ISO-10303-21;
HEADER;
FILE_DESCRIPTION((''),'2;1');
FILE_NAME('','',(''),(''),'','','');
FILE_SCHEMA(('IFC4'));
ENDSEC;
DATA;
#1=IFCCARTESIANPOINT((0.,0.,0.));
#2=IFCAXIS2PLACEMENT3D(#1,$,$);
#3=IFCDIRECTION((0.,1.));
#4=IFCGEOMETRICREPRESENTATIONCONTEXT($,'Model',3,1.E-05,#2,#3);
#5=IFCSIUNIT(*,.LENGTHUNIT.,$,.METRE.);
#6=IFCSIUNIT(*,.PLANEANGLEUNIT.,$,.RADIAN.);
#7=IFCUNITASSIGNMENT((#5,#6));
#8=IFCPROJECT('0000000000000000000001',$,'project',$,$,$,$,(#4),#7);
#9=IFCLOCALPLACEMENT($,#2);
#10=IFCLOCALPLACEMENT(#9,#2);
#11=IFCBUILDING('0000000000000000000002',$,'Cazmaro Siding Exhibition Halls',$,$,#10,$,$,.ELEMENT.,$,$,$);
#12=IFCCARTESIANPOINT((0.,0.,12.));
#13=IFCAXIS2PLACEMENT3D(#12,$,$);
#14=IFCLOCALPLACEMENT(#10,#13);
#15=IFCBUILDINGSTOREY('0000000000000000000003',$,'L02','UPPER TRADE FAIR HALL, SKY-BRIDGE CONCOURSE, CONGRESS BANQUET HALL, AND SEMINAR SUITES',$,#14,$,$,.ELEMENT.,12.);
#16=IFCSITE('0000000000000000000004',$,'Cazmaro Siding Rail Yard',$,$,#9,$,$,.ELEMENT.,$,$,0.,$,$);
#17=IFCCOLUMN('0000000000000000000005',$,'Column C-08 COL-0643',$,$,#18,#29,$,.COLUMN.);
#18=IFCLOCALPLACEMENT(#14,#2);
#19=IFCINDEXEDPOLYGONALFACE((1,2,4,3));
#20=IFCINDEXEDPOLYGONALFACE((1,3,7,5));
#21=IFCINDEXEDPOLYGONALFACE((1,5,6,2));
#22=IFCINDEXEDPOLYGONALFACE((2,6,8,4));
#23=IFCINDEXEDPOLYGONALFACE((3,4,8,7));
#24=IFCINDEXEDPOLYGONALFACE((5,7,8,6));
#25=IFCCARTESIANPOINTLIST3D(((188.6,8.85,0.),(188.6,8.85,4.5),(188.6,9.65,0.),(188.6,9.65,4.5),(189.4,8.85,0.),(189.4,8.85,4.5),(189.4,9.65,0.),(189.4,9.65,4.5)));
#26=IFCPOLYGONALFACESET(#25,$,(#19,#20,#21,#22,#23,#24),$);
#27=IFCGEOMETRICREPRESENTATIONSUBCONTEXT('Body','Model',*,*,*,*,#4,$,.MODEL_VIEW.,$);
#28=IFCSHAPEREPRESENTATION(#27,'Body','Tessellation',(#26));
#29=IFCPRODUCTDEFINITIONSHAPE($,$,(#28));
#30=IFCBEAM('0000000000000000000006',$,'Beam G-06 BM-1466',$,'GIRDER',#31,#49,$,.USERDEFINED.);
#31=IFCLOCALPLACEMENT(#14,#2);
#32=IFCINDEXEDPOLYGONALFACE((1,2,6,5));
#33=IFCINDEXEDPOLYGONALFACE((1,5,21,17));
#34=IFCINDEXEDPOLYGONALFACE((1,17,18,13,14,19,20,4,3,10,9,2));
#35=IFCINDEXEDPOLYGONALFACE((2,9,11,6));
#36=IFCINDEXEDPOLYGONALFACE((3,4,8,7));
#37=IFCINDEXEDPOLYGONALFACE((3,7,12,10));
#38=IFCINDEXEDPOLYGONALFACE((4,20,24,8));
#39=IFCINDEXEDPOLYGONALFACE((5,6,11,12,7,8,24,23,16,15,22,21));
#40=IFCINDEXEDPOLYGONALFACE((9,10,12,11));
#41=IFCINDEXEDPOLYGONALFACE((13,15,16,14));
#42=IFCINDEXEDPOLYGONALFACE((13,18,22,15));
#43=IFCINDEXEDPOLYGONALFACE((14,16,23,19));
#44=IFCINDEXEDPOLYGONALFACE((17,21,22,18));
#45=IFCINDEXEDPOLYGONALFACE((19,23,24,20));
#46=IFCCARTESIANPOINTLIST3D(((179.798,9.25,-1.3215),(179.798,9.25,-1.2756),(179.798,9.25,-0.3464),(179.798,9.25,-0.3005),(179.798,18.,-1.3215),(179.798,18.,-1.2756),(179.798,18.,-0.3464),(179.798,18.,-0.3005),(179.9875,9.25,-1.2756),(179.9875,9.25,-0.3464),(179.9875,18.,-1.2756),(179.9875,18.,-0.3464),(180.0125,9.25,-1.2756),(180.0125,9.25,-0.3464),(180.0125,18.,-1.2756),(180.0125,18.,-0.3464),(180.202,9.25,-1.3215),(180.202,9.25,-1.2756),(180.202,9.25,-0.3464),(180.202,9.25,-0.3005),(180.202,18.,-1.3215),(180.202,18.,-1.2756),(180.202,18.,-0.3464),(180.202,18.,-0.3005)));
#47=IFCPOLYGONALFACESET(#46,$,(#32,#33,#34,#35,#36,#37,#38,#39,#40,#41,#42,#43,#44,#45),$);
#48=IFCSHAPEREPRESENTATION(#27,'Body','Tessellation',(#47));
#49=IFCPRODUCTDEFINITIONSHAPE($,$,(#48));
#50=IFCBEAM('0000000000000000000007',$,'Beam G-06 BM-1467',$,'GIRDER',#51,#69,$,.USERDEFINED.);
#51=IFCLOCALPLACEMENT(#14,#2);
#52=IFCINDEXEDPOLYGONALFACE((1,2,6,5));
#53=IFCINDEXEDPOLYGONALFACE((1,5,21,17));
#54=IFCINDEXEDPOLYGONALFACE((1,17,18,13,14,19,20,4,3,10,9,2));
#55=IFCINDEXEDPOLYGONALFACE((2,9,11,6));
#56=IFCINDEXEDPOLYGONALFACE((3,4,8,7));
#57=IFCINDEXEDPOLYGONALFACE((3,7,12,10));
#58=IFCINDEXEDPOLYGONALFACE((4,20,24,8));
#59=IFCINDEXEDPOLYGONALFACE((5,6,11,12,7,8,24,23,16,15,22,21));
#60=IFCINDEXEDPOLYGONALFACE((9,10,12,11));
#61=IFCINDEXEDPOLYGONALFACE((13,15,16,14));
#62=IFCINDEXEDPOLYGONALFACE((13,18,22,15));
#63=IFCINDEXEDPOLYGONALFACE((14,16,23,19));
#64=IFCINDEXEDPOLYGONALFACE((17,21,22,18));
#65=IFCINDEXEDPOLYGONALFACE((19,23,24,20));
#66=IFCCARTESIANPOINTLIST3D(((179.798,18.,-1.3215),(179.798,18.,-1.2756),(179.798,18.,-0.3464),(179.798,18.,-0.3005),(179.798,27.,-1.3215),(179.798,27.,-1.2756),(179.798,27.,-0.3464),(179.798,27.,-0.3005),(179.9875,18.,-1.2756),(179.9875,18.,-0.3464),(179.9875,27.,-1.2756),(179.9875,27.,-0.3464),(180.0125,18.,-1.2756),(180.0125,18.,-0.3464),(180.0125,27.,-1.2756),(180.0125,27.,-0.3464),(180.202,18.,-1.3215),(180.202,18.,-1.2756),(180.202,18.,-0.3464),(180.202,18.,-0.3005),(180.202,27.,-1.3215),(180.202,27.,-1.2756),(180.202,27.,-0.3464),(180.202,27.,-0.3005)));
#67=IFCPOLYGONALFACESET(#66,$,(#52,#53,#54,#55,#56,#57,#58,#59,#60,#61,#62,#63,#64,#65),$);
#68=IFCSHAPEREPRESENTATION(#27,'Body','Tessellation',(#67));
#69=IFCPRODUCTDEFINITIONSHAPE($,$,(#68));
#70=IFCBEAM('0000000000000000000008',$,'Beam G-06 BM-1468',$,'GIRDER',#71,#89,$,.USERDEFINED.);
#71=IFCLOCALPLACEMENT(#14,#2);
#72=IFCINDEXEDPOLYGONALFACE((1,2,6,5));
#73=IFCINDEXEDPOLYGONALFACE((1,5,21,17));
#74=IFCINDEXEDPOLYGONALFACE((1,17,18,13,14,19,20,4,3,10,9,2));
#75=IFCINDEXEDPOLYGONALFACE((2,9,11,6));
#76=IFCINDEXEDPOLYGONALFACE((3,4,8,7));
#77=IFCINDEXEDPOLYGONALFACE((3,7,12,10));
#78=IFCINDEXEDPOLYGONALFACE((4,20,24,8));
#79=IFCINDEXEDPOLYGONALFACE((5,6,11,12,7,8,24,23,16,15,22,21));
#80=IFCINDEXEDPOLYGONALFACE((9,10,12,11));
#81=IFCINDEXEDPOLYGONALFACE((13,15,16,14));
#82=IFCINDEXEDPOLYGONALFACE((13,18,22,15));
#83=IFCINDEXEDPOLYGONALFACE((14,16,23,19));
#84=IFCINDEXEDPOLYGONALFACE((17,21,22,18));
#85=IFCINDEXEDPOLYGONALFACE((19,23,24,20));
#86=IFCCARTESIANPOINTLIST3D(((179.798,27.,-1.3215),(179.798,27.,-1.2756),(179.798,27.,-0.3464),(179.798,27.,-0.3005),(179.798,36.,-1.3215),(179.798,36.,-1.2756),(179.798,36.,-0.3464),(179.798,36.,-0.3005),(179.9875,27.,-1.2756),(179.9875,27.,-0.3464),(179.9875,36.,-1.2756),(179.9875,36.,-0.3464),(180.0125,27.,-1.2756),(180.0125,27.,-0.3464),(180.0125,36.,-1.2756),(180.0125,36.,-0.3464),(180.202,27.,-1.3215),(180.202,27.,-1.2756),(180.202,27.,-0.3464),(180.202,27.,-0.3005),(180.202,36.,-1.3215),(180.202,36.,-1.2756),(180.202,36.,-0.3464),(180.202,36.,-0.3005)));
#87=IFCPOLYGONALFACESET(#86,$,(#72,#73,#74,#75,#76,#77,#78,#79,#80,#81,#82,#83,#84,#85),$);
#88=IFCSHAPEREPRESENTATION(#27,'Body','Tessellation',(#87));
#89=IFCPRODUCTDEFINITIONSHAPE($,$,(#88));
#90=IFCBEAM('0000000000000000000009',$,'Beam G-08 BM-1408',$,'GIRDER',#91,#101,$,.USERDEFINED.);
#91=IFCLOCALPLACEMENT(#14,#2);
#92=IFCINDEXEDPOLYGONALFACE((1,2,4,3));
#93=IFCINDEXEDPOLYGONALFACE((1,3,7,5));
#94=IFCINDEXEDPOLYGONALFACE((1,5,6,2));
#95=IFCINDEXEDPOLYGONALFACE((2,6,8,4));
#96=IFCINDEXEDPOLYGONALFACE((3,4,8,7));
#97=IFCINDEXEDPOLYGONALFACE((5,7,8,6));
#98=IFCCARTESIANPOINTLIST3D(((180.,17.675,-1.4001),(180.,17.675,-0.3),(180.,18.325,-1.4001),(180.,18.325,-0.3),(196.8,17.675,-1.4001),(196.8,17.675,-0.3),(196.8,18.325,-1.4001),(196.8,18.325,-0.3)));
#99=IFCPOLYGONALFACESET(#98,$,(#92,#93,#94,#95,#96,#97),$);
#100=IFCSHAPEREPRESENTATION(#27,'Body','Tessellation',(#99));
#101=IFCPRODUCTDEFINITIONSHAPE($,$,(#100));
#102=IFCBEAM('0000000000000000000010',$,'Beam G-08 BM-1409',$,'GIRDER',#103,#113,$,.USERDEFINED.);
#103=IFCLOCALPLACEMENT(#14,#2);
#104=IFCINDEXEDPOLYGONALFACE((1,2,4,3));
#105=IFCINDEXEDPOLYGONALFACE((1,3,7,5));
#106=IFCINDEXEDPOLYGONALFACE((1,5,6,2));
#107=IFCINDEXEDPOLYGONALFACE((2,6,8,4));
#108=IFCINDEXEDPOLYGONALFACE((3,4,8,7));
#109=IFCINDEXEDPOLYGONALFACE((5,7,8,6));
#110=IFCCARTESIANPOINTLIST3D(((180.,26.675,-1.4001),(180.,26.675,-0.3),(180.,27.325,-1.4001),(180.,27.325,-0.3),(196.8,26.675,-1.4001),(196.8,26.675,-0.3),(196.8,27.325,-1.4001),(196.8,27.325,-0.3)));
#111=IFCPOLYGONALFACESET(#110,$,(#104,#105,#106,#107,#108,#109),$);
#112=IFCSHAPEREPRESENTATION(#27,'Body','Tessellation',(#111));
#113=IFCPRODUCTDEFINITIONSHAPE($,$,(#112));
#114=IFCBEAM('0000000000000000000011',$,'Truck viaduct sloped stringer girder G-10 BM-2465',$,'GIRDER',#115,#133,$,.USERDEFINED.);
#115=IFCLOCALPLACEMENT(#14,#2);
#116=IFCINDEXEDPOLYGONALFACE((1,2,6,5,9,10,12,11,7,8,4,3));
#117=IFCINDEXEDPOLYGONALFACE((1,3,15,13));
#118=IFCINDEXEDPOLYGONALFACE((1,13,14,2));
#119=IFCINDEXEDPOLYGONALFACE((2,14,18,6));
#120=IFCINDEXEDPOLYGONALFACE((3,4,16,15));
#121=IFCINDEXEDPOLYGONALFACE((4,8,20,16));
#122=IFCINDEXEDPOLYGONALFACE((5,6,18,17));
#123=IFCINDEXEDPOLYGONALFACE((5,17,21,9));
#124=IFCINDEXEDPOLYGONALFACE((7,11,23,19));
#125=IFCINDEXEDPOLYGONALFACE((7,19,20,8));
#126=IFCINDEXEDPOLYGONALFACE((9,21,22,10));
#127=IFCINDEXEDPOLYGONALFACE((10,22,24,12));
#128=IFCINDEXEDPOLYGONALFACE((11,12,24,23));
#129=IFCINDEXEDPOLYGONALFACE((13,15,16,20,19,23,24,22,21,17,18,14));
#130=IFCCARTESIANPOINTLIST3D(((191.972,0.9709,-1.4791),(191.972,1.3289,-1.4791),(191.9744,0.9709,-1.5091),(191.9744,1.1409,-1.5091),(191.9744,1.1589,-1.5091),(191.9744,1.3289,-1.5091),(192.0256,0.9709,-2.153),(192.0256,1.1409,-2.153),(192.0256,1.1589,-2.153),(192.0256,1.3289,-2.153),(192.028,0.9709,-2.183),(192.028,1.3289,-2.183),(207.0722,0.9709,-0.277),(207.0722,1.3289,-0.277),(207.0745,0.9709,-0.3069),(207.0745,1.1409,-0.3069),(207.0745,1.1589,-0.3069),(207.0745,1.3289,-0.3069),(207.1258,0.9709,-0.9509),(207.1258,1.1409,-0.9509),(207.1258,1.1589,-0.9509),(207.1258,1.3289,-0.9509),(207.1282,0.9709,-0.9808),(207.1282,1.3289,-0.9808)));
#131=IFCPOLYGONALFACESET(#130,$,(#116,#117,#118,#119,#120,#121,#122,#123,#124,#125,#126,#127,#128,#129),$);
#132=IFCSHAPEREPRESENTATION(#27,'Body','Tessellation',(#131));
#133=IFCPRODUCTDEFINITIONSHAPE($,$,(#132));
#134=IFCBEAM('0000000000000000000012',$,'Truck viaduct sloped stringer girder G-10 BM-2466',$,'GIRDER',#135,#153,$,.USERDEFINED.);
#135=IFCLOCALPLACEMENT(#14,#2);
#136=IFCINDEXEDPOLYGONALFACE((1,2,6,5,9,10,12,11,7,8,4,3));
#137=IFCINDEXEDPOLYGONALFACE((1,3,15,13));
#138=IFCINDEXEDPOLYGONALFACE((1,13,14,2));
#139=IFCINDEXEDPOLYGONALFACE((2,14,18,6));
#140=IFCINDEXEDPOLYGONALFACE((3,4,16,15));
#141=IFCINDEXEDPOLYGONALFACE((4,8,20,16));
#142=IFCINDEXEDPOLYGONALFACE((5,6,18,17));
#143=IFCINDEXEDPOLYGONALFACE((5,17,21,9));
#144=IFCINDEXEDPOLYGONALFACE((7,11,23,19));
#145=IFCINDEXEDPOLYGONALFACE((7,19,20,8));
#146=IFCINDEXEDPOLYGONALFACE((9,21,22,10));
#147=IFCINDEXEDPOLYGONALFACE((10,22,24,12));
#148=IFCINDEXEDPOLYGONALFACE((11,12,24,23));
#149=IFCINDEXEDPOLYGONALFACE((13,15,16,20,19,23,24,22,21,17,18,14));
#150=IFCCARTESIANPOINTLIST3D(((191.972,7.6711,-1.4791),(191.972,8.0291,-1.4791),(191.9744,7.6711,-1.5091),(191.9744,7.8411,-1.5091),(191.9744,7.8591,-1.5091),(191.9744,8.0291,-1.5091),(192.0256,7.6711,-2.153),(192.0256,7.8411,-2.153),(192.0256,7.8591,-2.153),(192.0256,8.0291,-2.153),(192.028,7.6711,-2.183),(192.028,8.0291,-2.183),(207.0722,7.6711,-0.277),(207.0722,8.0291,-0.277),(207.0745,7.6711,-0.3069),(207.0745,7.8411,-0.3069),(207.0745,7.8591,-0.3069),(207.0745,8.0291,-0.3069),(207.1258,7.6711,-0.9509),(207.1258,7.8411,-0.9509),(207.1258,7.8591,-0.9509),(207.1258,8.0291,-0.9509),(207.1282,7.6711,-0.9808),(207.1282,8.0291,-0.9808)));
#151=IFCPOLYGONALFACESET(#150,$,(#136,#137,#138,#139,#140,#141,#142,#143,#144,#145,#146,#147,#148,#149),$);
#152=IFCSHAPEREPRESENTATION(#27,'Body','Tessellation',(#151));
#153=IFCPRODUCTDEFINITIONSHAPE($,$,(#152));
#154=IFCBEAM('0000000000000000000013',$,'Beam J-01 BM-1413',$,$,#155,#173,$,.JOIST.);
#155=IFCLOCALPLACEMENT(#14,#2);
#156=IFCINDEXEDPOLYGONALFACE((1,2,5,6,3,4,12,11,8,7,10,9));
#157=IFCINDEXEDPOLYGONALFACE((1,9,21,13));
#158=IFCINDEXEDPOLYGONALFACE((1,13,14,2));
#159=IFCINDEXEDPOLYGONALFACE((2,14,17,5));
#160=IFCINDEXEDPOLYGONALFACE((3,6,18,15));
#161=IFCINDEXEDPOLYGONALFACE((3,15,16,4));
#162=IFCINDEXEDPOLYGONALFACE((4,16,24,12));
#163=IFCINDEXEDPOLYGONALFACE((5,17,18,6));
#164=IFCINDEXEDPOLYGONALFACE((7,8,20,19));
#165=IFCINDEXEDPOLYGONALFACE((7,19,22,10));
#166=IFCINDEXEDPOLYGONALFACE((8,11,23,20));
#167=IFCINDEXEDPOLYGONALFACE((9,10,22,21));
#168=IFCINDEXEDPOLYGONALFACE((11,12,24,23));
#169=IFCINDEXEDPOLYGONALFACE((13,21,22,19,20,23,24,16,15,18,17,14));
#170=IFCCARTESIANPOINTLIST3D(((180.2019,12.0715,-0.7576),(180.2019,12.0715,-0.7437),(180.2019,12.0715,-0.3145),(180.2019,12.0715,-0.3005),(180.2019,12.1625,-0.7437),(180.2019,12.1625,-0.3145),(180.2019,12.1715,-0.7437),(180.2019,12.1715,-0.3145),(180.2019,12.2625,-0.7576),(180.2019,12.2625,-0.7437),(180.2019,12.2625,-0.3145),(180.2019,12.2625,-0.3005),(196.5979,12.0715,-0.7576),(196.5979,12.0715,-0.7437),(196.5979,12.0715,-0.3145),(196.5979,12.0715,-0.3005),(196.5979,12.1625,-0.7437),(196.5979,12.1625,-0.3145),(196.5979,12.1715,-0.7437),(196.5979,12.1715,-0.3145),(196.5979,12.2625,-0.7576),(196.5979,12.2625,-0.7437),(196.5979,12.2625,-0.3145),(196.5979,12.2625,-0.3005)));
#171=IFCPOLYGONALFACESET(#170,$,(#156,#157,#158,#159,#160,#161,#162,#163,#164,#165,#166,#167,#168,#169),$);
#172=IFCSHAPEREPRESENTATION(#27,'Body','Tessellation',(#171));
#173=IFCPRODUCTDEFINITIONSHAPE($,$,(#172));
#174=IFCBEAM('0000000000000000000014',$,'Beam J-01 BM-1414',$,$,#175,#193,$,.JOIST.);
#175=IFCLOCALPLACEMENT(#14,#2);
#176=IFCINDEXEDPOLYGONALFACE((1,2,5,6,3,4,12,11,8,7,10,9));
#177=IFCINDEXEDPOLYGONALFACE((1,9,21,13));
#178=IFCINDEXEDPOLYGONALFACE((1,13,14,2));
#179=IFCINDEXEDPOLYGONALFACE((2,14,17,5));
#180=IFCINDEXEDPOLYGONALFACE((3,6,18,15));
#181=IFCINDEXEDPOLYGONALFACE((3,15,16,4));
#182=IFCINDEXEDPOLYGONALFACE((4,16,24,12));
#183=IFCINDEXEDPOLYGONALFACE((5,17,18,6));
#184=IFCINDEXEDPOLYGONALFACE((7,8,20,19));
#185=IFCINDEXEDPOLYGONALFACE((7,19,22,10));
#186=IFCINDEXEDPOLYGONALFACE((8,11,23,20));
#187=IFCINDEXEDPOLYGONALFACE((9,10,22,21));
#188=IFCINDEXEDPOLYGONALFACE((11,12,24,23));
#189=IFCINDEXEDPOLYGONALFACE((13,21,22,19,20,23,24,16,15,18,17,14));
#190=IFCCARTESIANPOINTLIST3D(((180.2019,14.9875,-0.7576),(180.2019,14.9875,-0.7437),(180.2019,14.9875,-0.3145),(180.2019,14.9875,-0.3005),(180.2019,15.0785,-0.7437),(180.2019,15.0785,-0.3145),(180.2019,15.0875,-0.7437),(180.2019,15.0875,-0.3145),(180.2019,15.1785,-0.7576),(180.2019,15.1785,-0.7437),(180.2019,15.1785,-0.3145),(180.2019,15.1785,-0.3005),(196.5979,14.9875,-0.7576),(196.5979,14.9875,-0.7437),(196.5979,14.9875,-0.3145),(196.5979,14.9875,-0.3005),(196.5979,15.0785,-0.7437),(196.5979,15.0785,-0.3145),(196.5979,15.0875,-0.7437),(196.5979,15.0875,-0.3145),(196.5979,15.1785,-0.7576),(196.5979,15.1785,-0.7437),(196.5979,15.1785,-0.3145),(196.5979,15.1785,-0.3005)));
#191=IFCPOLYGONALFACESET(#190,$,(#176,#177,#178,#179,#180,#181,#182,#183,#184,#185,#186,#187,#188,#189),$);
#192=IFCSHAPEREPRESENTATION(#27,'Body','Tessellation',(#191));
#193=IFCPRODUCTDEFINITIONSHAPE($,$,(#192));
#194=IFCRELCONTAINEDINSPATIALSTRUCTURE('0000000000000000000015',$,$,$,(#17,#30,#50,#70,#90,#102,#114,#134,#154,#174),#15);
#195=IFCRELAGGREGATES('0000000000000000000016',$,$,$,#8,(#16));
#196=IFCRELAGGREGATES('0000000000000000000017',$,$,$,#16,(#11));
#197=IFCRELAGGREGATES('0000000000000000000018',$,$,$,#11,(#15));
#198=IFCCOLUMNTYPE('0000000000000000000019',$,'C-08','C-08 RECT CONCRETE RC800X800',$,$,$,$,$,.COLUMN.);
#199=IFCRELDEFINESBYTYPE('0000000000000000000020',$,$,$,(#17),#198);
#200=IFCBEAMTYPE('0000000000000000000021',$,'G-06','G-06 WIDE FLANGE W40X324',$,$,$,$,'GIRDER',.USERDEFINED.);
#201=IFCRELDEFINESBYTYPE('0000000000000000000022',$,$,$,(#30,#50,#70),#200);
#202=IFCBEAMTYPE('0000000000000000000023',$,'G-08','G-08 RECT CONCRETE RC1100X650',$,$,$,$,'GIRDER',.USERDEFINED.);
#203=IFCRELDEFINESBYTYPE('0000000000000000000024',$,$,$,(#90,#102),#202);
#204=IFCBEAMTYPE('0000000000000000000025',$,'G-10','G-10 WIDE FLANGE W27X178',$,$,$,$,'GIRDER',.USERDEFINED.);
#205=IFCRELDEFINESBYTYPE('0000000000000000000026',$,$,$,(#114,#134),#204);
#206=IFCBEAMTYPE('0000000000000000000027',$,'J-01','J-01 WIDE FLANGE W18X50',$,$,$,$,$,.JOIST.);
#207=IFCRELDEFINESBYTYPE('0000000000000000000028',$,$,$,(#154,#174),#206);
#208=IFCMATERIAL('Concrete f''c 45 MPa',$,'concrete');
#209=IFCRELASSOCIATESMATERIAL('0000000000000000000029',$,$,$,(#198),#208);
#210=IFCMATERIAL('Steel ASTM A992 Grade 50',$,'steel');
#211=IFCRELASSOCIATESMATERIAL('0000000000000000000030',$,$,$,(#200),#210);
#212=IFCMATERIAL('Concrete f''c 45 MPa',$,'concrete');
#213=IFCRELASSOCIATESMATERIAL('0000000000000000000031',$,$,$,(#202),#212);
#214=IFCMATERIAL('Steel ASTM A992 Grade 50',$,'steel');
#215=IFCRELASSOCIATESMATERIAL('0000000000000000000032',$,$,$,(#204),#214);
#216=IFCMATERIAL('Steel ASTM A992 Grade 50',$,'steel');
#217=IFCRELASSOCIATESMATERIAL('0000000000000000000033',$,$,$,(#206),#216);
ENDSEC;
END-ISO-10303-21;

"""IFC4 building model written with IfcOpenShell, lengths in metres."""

from ifc_helpers import new_model, si_unit, direction, frame, origin, origin_2d, place, context, subcontext, project, spatial, rectangle, i_section, extrude, material, material_profile, profile_set, type_object, element, save


model = new_model("IFC4")

# Units and contexts
model_context = context("Model", 3, precision=1e-05, world=origin(), true_north=direction((0.0, 1.0)))
body_context = subcontext(model_context, "Body", "Model", "MODEL_VIEW")
ifc_project = project(units=[si_unit("LENGTHUNIT", "METRE"), si_unit("PLANEANGLEUNIT", "RADIAN")], contexts=[model_context])

# Site, building, storey
site_placement = place(None, origin())
site = spatial("IfcSite", under=ifc_project, at=site_placement, Name="Cazmaro Siding Rail Yard", CompositionType="ELEMENT", RefElevation=0.0)
building_placement = place(site_placement, origin())
building = spatial("IfcBuilding", under=site, at=building_placement, Name="Cazmaro Siding Exhibition Halls", CompositionType="ELEMENT")
storey_placement = place(building_placement, frame((0.0, 0.0, 12.0)))
storey = spatial("IfcBuildingStorey", under=building, at=storey_placement, Name="L02", Description="UPPER TRADE FAIR HALL, SKY-BRIDGE CONCOURSE, CONGRESS BANQUET HALL, AND SEMINAR SUITES", CompositionType="ELEMENT", Elevation=12.0)

# Column
ifc_material_1 = material(Name="Concrete f'c 45 MPa", Category="concrete")
ifc_material_profile_1 = material_profile(ifc_material_1, rectangle(XDim=0.8, YDim=0.8, at=origin_2d()), Name="RC800X800")
ifc_profile_set_1 = profile_set([ifc_material_profile_1], Name="Concrete f'c 45 MPa")
column_type = type_object("IfcColumnType", Name="C-08", Description="C-08 RECT CONCRETE RC800X800", PredefinedType="COLUMN", material=ifc_profile_set_1)
column_placement = place(storey_placement, frame((189.0, 9.25, 0.0), z_axis=(0.0, 0.0, 1.0), x_axis=(1.0, 0.0, 0.0)))
element("IfcColumn", 1, at=column_placement, inside=storey, type_object=column_type, Name="Column C-08 COL-0643", PredefinedType="COLUMN", context=body_context, shape_type="SweptSolid", body=[
    extrude(rectangle(XDim=0.8, YDim=0.8, at=origin_2d()), origin(), (0.0, 0.0, 1.0), 4.5),
])

# Beams
ifc_material_2 = material(Name="Steel ASTM A992 Grade 50", Category="steel")
ifc_material_profile_2 = material_profile(ifc_material_2, i_section(OverallWidth=0.4041, OverallDepth=1.021, WebThickness=0.0249, FlangeThickness=0.0459, at=origin_2d()), Name="W40X324")
ifc_profile_set_2 = profile_set([ifc_material_profile_2], Name="Steel ASTM A992 Grade 50")
beam_type_1 = type_object("IfcBeamType", Name="G-06", Description="G-06 WIDE FLANGE W40X324", ElementType="GIRDER", PredefinedType="USERDEFINED", material=ifc_profile_set_2)
beam_placement = place(storey_placement, frame((180.0, 9.25, -0.811), z_axis=(0.0, 1.0, 0.0), x_axis=(-1.0, 0.0, 0.0)))
element("IfcBeam", 2, at=beam_placement, inside=storey, type_object=beam_type_1, Name="Beam G-06 BM-1466", ObjectType="GIRDER", PredefinedType="USERDEFINED", context=body_context, shape_type="SweptSolid", body=[
    extrude(i_section(OverallWidth=0.4041, OverallDepth=1.021, WebThickness=0.0249, FlangeThickness=0.0459, at=origin_2d()), origin(), (0.0, 0.0, 1.0), 8.75),
])
for number, where, z_axis, x_axis, name in (
    (3, (180.0, 18.0, -0.811), (0.0, 1.0, 0.0), (-1.0, 0.0, 0.0), "Beam G-06 BM-1467"),
    (4, (180.0, 27.0, -0.811), (0.0, 1.0, 0.0), (-1.0, 0.0, 0.0), "Beam G-06 BM-1468"),
):
    element("IfcBeam", number, at=place(storey_placement, frame(where, z_axis=z_axis, x_axis=x_axis)), inside=storey, type_object=beam_type_1, Name=name, ObjectType="GIRDER", PredefinedType="USERDEFINED", context=body_context, shape_type="SweptSolid", body=[
        extrude(i_section(OverallWidth=0.4041, OverallDepth=1.021, WebThickness=0.0249, FlangeThickness=0.0459, at=origin_2d()), origin(), (0.0, 0.0, 1.0), 9.0),
    ])
ifc_material_3 = material(Name="Concrete f'c 45 MPa", Category="concrete")
ifc_material_profile_3 = material_profile(ifc_material_3, rectangle(XDim=0.6499, YDim=1.1001, at=origin_2d()), Name="RC1100X650")
ifc_profile_set_3 = profile_set([ifc_material_profile_3], Name="Concrete f'c 45 MPa")
beam_type_2 = type_object("IfcBeamType", Name="G-08", Description="G-08 RECT CONCRETE RC1100X650", ElementType="GIRDER", PredefinedType="USERDEFINED", material=ifc_profile_set_3)
for number, where, z_axis, x_axis, name in (
    (5, (180.0, 18.0, -0.8501), (1.0, 0.0, 0.0), (0.0, 1.0, 0.0), "Beam G-08 BM-1408"),
    (6, (180.0, 27.0, -0.8501), (1.0, 0.0, 0.0), (0.0, 1.0, 0.0), "Beam G-08 BM-1409"),
):
    element("IfcBeam", number, at=place(storey_placement, frame(where, z_axis=z_axis, x_axis=x_axis)), inside=storey, type_object=beam_type_2, Name=name, ObjectType="GIRDER", PredefinedType="USERDEFINED", context=body_context, shape_type="SweptSolid", body=[
        extrude(rectangle(XDim=0.6499, YDim=1.1001, at=origin_2d()), origin(), (0.0, 0.0, 1.0), 16.8),
    ])
ifc_material_4 = material(Name="Steel ASTM A992 Grade 50", Category="steel")
ifc_material_profile_4 = material_profile(ifc_material_4, i_section(OverallWidth=0.3579, OverallDepth=0.7061, WebThickness=0.0181, FlangeThickness=0.03, at=origin_2d()), Name="W27X178")
ifc_profile_set_4 = profile_set([ifc_material_profile_4], Name="Steel ASTM A992 Grade 50")
beam_type_3 = type_object("IfcBeamType", Name="G-10", Description="G-10 WIDE FLANGE W27X178", ElementType="GIRDER", PredefinedType="USERDEFINED", material=ifc_profile_set_4)
for number, where, z_axis, x_axis, name in (
    (7, (192.0, 1.1499, -1.8311), (0.996846, 0.0, 0.079361), (0.0, 1.0, 0.0), "Truck viaduct sloped stringer girder G-10 BM-2465"),
    (8, (192.0, 7.8501, -1.8311), (0.996846, 0.0, 0.079361), (0.0, 1.0, 0.0), "Truck viaduct sloped stringer girder G-10 BM-2466"),
):
    element("IfcBeam", number, at=place(storey_placement, frame(where, z_axis=z_axis, x_axis=x_axis)), inside=storey, type_object=beam_type_3, Name=name, ObjectType="GIRDER", PredefinedType="USERDEFINED", context=body_context, shape_type="SweptSolid", body=[
        extrude(i_section(OverallWidth=0.3579, OverallDepth=0.7061, WebThickness=0.0181, FlangeThickness=0.03, at=origin_2d()), origin(), (0.0, 0.0, 1.0), 15.1479),
    ])
ifc_material_5 = material(Name="Steel ASTM A992 Grade 50", Category="steel")
ifc_material_profile_5 = material_profile(ifc_material_5, i_section(OverallWidth=0.1909, OverallDepth=0.457, WebThickness=0.009, FlangeThickness=0.0139, at=origin_2d()), Name="W18X50")
ifc_profile_set_5 = profile_set([ifc_material_profile_5], Name="Steel ASTM A992 Grade 50")
beam_type_4 = type_object("IfcBeamType", Name="J-01", Description="J-01 WIDE FLANGE W18X50", PredefinedType="JOIST", material=ifc_profile_set_5)
for number, where, z_axis, x_axis, name in (
    (9, (180.2019, 12.167, -0.5291), (1.0, 0.0, 0.0), (0.0, 1.0, 0.0), "Beam J-01 BM-1413"),
    (10, (180.2019, 15.083, -0.5291), (1.0, 0.0, 0.0), (0.0, 1.0, 0.0), "Beam J-01 BM-1414"),
):
    element("IfcBeam", number, at=place(storey_placement, frame(where, z_axis=z_axis, x_axis=x_axis)), inside=storey, type_object=beam_type_4, Name=name, PredefinedType="JOIST", context=body_context, shape_type="SweptSolid", body=[
        extrude(i_section(OverallWidth=0.1909, OverallDepth=0.457, WebThickness=0.009, FlangeThickness=0.0139, at=origin_2d()), origin(), (0.0, 0.0, 1.0), 16.396),
    ])

save(model, "model.ifc")
